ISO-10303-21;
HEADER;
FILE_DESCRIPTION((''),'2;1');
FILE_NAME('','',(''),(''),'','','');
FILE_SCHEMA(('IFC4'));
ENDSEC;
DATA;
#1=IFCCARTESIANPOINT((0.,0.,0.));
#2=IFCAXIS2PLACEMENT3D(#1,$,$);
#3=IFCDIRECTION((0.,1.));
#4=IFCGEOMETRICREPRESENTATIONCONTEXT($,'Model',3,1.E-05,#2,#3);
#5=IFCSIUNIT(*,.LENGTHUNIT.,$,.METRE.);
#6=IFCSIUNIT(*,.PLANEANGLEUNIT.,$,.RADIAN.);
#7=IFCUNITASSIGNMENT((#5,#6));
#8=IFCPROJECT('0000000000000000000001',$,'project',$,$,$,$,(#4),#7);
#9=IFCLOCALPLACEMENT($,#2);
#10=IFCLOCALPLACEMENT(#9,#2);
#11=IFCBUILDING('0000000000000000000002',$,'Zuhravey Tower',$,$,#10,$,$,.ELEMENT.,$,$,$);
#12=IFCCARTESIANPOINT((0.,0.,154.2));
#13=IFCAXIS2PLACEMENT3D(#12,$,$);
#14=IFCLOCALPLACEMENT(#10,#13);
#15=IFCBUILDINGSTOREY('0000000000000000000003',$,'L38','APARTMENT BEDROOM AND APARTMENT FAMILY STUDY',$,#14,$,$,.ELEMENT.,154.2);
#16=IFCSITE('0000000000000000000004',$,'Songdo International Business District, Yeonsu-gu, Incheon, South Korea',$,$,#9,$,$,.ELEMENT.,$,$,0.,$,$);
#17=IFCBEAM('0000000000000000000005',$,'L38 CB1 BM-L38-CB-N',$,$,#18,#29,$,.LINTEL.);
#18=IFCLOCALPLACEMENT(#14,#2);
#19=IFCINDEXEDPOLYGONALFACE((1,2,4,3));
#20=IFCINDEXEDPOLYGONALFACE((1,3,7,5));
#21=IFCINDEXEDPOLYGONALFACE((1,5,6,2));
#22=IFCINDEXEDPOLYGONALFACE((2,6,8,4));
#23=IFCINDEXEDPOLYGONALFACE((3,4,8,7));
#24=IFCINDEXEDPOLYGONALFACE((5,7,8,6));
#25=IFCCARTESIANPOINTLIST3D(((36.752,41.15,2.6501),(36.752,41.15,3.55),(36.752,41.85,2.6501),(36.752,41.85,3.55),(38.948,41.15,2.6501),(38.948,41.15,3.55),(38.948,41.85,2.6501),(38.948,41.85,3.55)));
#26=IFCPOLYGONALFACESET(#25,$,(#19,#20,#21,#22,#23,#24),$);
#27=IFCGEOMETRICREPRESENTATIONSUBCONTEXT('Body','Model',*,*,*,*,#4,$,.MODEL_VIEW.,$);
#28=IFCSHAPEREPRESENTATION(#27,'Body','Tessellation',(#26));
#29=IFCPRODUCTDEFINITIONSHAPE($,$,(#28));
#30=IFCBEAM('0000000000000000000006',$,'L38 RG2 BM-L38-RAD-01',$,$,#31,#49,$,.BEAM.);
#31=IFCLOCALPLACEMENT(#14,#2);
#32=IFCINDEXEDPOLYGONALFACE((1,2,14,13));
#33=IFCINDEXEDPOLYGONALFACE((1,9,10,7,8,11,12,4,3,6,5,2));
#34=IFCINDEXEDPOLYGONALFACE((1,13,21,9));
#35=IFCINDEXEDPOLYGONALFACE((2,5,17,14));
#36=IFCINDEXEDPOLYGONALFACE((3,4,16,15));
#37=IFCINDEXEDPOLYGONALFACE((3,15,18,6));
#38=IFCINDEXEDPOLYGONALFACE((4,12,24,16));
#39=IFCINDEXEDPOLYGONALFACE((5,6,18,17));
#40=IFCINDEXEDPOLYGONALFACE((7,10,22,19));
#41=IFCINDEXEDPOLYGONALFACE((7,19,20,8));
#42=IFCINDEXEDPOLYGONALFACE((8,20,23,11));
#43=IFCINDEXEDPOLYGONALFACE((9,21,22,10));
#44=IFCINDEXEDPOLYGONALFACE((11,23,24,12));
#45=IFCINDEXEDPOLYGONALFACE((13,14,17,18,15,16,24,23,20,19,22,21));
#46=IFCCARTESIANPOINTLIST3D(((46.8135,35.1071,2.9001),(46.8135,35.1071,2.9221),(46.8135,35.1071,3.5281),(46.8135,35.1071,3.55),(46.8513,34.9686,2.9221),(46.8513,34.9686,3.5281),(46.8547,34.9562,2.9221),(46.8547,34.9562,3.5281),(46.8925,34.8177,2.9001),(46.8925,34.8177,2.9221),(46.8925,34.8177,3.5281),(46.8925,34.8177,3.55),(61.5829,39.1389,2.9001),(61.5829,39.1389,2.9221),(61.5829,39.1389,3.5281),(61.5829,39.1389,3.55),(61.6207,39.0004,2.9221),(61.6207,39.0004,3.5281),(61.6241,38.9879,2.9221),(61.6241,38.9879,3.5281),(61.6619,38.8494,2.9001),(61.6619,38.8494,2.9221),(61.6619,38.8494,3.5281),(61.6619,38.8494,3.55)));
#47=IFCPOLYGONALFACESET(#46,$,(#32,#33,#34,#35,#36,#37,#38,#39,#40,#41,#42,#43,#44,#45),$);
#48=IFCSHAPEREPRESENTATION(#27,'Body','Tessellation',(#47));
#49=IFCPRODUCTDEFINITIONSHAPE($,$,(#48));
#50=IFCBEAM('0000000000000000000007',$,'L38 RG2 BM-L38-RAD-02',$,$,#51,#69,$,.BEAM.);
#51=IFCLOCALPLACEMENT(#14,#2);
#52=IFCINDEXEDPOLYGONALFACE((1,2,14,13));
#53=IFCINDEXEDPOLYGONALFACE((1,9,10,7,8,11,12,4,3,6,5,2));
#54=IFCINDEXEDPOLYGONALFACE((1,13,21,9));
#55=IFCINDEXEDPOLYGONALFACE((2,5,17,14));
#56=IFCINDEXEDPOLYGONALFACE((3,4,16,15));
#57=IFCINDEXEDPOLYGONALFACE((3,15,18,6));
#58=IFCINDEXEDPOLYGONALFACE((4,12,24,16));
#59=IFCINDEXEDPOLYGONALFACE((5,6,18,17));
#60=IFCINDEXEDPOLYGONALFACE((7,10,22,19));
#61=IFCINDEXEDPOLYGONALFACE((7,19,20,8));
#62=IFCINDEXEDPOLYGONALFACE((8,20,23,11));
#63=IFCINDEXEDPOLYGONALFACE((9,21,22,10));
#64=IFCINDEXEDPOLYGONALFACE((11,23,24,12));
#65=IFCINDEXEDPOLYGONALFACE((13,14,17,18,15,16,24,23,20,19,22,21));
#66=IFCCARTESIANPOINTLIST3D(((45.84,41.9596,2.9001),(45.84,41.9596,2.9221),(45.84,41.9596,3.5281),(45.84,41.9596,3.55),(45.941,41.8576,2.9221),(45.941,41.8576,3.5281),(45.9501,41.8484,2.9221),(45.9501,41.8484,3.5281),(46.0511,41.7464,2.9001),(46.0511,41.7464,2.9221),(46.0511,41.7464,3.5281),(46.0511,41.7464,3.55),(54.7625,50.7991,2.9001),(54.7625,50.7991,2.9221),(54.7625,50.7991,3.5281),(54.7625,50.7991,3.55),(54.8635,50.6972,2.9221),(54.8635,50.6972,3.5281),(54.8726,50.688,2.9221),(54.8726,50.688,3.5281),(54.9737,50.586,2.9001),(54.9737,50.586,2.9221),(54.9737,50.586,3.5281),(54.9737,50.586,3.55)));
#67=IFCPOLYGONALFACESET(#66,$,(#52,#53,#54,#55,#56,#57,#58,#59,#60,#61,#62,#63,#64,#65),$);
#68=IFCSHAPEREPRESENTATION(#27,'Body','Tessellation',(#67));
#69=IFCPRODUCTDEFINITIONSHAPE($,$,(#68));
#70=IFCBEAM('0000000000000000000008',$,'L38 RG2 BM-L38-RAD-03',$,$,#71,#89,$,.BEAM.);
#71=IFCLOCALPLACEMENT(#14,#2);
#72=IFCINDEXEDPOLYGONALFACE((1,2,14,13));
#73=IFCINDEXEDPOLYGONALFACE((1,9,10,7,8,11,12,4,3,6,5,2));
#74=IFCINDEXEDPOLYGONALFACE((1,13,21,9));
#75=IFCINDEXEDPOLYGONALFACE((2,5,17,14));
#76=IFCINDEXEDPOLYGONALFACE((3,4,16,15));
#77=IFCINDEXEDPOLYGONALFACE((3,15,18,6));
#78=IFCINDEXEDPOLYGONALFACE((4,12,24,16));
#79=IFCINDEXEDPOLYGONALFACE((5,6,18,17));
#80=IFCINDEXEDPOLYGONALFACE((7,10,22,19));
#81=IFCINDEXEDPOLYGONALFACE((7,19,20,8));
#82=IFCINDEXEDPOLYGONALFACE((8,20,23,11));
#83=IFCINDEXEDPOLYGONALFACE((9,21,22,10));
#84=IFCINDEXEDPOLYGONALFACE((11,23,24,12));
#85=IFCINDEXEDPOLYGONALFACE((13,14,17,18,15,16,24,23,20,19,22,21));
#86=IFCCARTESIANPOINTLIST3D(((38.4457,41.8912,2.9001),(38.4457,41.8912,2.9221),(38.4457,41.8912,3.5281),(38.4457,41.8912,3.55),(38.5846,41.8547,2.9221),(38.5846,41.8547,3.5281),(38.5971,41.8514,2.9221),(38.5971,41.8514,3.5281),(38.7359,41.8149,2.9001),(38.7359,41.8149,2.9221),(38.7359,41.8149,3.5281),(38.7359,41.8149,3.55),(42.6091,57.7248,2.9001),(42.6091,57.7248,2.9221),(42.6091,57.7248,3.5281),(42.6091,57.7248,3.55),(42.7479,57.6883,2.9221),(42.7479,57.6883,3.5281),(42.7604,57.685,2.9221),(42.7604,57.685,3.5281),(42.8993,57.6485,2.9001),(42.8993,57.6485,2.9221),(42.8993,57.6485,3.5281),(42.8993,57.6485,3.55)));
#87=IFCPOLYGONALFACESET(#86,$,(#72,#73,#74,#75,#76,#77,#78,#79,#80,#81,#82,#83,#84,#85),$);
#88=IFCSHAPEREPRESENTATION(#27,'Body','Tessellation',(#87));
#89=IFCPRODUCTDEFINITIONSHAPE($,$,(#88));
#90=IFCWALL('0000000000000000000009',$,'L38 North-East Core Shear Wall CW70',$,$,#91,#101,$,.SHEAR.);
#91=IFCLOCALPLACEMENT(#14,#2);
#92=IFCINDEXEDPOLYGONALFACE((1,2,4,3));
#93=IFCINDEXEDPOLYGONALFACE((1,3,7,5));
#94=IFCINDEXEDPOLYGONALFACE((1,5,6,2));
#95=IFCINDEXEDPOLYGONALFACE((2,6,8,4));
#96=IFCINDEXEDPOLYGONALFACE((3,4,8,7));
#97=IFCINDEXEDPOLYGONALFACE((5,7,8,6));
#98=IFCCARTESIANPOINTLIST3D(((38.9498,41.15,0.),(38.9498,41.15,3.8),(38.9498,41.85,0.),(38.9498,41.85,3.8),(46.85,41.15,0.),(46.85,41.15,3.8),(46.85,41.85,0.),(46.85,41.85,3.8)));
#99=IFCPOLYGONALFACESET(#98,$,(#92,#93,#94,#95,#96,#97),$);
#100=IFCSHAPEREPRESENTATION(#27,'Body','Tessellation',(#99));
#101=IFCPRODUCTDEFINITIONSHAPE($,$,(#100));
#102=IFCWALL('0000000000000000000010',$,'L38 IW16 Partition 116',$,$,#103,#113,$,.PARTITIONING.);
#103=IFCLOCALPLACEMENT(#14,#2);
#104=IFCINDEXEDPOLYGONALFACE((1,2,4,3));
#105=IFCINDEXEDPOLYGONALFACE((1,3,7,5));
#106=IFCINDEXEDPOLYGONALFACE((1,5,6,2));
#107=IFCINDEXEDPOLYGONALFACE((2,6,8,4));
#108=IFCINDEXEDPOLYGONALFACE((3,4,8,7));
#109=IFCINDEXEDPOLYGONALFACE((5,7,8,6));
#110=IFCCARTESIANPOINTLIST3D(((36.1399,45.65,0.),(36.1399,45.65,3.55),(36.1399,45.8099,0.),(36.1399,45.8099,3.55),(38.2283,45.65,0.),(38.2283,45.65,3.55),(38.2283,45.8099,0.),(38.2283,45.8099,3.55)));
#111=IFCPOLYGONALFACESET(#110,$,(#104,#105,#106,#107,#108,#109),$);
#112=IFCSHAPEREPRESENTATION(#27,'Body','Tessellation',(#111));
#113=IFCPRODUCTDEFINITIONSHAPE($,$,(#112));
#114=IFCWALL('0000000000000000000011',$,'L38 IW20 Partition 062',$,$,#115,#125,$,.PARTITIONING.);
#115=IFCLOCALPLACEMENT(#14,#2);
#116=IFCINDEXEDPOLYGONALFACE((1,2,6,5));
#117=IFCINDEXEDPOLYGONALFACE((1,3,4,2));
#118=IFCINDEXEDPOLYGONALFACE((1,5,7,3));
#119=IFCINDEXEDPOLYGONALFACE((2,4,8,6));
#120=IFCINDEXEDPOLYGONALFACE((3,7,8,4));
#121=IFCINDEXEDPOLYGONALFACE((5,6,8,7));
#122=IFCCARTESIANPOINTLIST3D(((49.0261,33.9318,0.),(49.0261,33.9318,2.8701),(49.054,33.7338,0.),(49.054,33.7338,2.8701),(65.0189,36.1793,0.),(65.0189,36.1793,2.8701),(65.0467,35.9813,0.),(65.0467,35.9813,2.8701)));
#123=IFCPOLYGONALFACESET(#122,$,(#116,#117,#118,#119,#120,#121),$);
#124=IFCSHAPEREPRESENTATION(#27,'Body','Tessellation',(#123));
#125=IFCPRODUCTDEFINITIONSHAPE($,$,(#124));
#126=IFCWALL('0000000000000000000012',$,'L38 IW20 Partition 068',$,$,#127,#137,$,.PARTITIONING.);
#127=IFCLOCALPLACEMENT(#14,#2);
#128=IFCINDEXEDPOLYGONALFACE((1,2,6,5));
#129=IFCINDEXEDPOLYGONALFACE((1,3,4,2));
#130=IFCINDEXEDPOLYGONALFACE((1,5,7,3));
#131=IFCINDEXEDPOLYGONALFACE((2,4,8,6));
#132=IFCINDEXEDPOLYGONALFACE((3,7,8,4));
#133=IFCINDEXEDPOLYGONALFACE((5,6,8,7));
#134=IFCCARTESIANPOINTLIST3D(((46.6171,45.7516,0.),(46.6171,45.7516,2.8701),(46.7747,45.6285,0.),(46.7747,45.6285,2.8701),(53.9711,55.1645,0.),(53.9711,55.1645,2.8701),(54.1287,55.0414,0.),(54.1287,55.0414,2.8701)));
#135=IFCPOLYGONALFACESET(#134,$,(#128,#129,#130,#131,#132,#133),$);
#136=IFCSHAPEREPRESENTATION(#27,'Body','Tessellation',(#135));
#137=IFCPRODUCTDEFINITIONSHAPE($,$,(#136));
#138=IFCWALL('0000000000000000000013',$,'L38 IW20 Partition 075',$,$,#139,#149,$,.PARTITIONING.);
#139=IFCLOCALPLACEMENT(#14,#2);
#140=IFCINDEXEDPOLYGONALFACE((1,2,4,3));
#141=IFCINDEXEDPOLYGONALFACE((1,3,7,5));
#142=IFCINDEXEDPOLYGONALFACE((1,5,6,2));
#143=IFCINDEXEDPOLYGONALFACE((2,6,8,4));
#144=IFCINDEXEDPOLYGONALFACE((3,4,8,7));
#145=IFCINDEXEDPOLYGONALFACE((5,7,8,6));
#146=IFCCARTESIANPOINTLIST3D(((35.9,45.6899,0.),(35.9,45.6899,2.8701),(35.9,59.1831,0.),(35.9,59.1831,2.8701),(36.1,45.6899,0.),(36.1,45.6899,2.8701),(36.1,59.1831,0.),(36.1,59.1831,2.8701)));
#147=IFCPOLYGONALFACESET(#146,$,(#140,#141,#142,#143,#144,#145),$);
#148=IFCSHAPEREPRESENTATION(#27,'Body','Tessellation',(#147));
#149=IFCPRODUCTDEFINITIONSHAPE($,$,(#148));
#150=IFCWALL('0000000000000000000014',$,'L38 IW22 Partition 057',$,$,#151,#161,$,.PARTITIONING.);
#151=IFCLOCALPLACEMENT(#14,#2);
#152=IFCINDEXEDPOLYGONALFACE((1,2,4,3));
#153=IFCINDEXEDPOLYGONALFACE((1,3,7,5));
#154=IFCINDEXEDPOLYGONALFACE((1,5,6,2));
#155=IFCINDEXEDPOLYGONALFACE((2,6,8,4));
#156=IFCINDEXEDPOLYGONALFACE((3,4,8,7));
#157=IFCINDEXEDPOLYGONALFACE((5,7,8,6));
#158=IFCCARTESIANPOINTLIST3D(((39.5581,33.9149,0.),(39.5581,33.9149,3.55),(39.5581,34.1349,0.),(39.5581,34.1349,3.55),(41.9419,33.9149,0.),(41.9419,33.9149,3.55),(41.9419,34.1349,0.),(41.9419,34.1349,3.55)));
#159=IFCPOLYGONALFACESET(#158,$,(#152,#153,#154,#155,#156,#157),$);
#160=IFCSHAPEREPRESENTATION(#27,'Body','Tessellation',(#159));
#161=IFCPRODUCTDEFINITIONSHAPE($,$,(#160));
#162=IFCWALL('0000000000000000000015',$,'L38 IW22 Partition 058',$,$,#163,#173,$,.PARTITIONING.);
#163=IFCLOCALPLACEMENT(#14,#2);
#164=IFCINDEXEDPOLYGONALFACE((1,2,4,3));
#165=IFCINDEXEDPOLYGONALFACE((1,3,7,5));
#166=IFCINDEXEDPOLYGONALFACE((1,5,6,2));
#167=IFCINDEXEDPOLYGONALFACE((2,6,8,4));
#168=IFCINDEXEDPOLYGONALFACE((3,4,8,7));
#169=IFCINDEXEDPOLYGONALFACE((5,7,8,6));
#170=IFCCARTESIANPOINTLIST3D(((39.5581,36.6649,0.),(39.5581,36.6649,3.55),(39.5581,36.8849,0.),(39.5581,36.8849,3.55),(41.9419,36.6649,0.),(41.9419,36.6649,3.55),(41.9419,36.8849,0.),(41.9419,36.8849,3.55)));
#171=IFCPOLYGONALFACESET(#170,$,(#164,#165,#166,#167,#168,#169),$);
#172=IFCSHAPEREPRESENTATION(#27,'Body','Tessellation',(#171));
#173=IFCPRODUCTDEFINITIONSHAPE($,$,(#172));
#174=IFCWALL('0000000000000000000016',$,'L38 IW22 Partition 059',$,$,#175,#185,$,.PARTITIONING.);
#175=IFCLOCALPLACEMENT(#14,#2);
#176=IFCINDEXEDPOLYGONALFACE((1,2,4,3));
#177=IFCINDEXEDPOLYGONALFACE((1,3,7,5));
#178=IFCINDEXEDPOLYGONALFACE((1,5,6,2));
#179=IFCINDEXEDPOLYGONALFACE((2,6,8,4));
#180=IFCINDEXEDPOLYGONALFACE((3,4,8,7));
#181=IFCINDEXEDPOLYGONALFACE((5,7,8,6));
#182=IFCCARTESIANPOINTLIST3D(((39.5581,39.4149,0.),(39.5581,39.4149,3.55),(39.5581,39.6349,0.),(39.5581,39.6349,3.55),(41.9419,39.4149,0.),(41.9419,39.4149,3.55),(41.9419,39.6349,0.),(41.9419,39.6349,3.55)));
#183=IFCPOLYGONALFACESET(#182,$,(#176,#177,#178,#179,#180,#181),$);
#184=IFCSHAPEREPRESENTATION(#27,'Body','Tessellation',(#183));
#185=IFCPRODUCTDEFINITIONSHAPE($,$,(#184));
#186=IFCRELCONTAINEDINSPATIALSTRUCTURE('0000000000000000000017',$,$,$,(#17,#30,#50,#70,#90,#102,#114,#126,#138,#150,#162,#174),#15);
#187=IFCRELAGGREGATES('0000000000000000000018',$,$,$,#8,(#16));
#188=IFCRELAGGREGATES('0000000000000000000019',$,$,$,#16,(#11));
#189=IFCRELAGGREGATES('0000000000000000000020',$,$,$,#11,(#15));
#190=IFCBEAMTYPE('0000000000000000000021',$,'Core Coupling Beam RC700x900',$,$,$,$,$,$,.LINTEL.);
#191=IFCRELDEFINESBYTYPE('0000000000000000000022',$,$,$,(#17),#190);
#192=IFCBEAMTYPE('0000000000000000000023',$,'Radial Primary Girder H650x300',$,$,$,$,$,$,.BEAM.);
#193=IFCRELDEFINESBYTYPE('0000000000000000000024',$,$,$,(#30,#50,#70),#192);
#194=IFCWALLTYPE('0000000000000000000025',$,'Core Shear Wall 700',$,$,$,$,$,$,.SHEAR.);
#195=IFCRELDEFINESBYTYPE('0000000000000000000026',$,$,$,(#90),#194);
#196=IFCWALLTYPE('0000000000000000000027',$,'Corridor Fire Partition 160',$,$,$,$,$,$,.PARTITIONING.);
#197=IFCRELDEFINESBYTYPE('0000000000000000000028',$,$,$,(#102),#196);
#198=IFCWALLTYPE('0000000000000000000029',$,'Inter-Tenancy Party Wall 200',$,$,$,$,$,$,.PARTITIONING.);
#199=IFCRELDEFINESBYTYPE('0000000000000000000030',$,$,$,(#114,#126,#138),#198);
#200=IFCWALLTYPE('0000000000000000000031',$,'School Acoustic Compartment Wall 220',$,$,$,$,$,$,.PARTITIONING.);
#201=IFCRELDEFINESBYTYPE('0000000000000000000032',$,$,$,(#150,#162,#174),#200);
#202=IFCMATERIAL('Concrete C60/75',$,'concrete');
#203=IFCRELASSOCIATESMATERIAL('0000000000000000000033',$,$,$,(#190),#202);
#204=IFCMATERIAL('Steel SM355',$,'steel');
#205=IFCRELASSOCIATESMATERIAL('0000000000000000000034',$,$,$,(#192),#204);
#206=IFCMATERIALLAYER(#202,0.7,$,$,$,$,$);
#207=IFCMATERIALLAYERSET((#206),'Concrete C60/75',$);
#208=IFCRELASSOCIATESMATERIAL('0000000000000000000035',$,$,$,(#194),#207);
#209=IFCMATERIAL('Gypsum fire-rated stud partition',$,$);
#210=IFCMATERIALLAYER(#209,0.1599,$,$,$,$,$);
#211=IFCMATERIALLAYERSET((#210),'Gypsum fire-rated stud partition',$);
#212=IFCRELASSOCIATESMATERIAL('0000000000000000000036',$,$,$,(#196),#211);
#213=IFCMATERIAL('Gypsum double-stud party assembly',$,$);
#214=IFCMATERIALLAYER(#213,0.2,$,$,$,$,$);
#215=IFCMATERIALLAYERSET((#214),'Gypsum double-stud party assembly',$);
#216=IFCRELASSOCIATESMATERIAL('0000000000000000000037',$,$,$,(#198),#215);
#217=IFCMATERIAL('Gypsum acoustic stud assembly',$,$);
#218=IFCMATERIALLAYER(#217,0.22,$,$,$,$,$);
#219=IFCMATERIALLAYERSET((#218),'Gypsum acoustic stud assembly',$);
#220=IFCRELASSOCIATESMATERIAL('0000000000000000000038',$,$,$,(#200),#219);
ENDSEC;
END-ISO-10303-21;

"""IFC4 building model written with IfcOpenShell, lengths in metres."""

from ifc_helpers import new_model, si_unit, direction, frame, frame_2d, origin, origin_2d, place, context, subcontext, project, spatial, rectangle, i_section, extrude, material, layer, layer_set, material_profile, profile_set, type_object, element, save


model = new_model("IFC4")

# Units and contexts
model_context = context("Model", 3, precision=1e-05, world=origin(), true_north=direction((0.0, 1.0)))
body_context = subcontext(model_context, "Body", "Model", "MODEL_VIEW")
ifc_project = project(units=[si_unit("LENGTHUNIT", "METRE"), si_unit("PLANEANGLEUNIT", "RADIAN")], contexts=[model_context])

# Site, building, storey
site_placement = place(None, origin())
site = spatial("IfcSite", under=ifc_project, at=site_placement, Name="Songdo International Business District, Yeonsu-gu, Incheon, South Korea", CompositionType="ELEMENT", RefElevation=0.0)
building_placement = place(site_placement, origin())
building = spatial("IfcBuilding", under=site, at=building_placement, Name="Zuhravey Tower", CompositionType="ELEMENT")
storey_placement = place(building_placement, frame((0.0, 0.0, 154.2)))
storey = spatial("IfcBuildingStorey", under=building, at=storey_placement, Name="L38", Description="APARTMENT BEDROOM AND APARTMENT FAMILY STUDY", CompositionType="ELEMENT", Elevation=154.2)

# Beams
ifc_material_1 = material(Name="Concrete C60/75", Category="concrete")
ifc_material_profile_1 = material_profile(ifc_material_1, rectangle(XDim=0.7, YDim=0.8999, at=origin_2d()), Name="RC-700x900")
ifc_profile_set_1 = profile_set([ifc_material_profile_1], Name="Concrete C60/75")
beam_type_1 = type_object("IfcBeamType", Name="Core Coupling Beam RC700x900", PredefinedType="LINTEL", material=ifc_profile_set_1)
beam_1_placement = place(storey_placement, frame((36.752, 41.5, 3.1001), z_axis=(1.0, 0.0, 0.0), x_axis=(0.0, 1.0, 0.0)))
element("IfcBeam", 1, at=beam_1_placement, inside=storey, type_object=beam_type_1, Name="L38 CB1 BM-L38-CB-N", PredefinedType="LINTEL", context=body_context, shape_type="SweptSolid", body=[
    extrude(rectangle(XDim=0.7, YDim=0.8999, at=origin_2d()), origin(), (0.0, 0.0, 1.0), 2.196),
])
ifc_material_2 = material(Name="Steel SM355", Category="steel")
ifc_material_profile_2 = material_profile(ifc_material_2, i_section(OverallWidth=0.3, OverallDepth=0.6499, WebThickness=0.0129, FlangeThickness=0.022, at=origin_2d()), Name="H-650x300x13x22")
ifc_profile_set_2 = profile_set([ifc_material_profile_2], Name="Steel SM355")
beam_type_2 = type_object("IfcBeamType", Name="Radial Primary Girder H650x300", PredefinedType="BEAM", material=ifc_profile_set_2)
beam_2_placement = place(storey_placement, frame((46.853, 34.9624, 3.2251), z_axis=(0.964702, 0.263345, 0.0), x_axis=(-0.263345, 0.964702, 0.0)))
element("IfcBeam", 2, at=beam_2_placement, inside=storey, type_object=beam_type_2, Name="L38 RG2 BM-L38-RAD-01", PredefinedType="BEAM", context=body_context, shape_type="SweptSolid", body=[
    extrude(i_section(OverallWidth=0.3, OverallDepth=0.6499, WebThickness=0.0129, FlangeThickness=0.022, at=origin_2d()), origin(), (0.0, 0.0, 1.0), 15.3098),
])
beam_3_placement = place(storey_placement, frame((45.9456, 41.853, 3.2251), z_axis=(0.710404, 0.703795, 0.0), x_axis=(-0.703795, 0.710404, 0.0)))
element("IfcBeam", 3, at=beam_3_placement, inside=storey, type_object=beam_type_2, Name="L38 RG2 BM-L38-RAD-02", PredefinedType="BEAM", context=body_context, shape_type="SweptSolid", body=[
    extrude(i_section(OverallWidth=0.3, OverallDepth=0.6499, WebThickness=0.0129, FlangeThickness=0.022, at=origin_2d()), origin(), (0.0, 0.0, 1.0), 12.5598),
])
beam_4_placement = place(storey_placement, frame((38.5908, 41.853, 3.2251), z_axis=(0.2543, 0.967125, 0.0), x_axis=(-0.967125, 0.2543, 0.0)))
element("IfcBeam", 4, at=beam_4_placement, inside=storey, type_object=beam_type_2, Name="L38 RG2 BM-L38-RAD-03", PredefinedType="BEAM", context=body_context, shape_type="SweptSolid", body=[
    extrude(i_section(OverallWidth=0.3, OverallDepth=0.6499, WebThickness=0.0129, FlangeThickness=0.022, at=origin_2d()), origin(), (0.0, 0.0, 1.0), 16.3718),
])

# Wall
ifc_layer_1 = layer(ifc_material_1, 0.7)
ifc_layer_set_1 = layer_set([ifc_layer_1], Name="Concrete C60/75")
wall_type_1 = type_object("IfcWallType", Name="Core Shear Wall 700", PredefinedType="SHEAR", material=ifc_layer_set_1)
wall_1_placement = place(storey_placement, frame((46.8501, 41.5, 0.0), z_axis=(0.0, 0.0, 1.0), x_axis=(-1.0, 0.0, 0.0)))
element("IfcWall", 5, at=wall_1_placement, inside=storey, type_object=wall_type_1, Name="L38 North-East Core Shear Wall CW70", PredefinedType="SHEAR", context=body_context, shape_type="SweptSolid", body=[
    extrude(rectangle(XDim=7.9001, YDim=0.7, at=frame_2d((3.9502, 0.0))), origin(), (0.0, 0.0, 1.0), 3.8),
])

# Shared definitions
ifc_material_3 = material(Name="Gypsum fire-rated stud partition")
ifc_layer_2 = layer(ifc_material_3, 0.1599)
ifc_layer_set_2 = layer_set([ifc_layer_2], Name="Gypsum fire-rated stud partition")
wall_type_2 = type_object("IfcWallType", Name="Corridor Fire Partition 160", PredefinedType="PARTITIONING", material=ifc_layer_set_2)

# Wall
wall_2_placement = place(storey_placement, frame((38.2283, 45.73, 0.0), z_axis=(0.0, 0.0, 1.0), x_axis=(-1.0, 0.0, 0.0)))
element("IfcWall", 6, at=wall_2_placement, inside=storey, type_object=wall_type_2, Name="L38 IW16 Partition 116", PredefinedType="PARTITIONING", context=body_context, shape_type="SweptSolid", body=[
    extrude(rectangle(XDim=2.0884, YDim=0.1599, at=frame_2d((1.0442, 0.0))), origin(), (0.0, 0.0, 1.0), 3.55),
])

# Walls
ifc_material_4 = material(Name="Gypsum double-stud party assembly")
ifc_layer_3 = layer(ifc_material_4, 0.2)
ifc_layer_set_3 = layer_set([ifc_layer_3], Name="Gypsum double-stud party assembly")
wall_type_3 = type_object("IfcWallType", Name="Inter-Tenancy Party Wall 200", PredefinedType="PARTITIONING", material=ifc_layer_set_3)
wall_3_placement = place(storey_placement, frame((49.04, 33.8328, 0.0), z_axis=(0.0, 0.0, 1.0), x_axis=(0.990269, 0.139169, 0.0)))
element("IfcWall", 7, at=wall_3_placement, inside=storey, type_object=wall_type_3, Name="L38 IW20 Partition 062", PredefinedType="PARTITIONING", context=body_context, shape_type="SweptSolid", body=[
    extrude(rectangle(XDim=16.1499, YDim=0.2, at=frame_2d((8.075, 0.0))), origin(), (0.0, 0.0, 1.0), 2.8701),
])
wall_4_placement = place(storey_placement, frame((46.6958, 45.6899, 0.0), z_axis=(0.0, 0.0, 1.0), x_axis=(0.615656, 0.788015, 0.0)))
element("IfcWall", 8, at=wall_4_placement, inside=storey, type_object=wall_type_3, Name="L38 IW20 Partition 068", PredefinedType="PARTITIONING", context=body_context, shape_type="SweptSolid", body=[
    extrude(rectangle(XDim=11.9451, YDim=0.2, at=frame_2d((5.9727, 0.0))), origin(), (0.0, 0.0, 1.0), 2.8701),
])
wall_5_placement = place(storey_placement, frame((36.0, 45.6899, 0.0), z_axis=(0.0, 0.0, 1.0), x_axis=(0.0, 1.0, 0.0)))
element("IfcWall", 9, at=wall_5_placement, inside=storey, type_object=wall_type_3, Name="L38 IW20 Partition 075", PredefinedType="PARTITIONING", context=body_context, shape_type="SweptSolid", body=[
    extrude(rectangle(XDim=13.4932, YDim=0.2, at=frame_2d((6.7466, 0.0))), origin(), (0.0, 0.0, 1.0), 2.8701),
])
ifc_material_5 = material(Name="Gypsum acoustic stud assembly")
ifc_layer_4 = layer(ifc_material_5, 0.22)
ifc_layer_set_4 = layer_set([ifc_layer_4], Name="Gypsum acoustic stud assembly")
wall_type_4 = type_object("IfcWallType", Name="School Acoustic Compartment Wall 220", PredefinedType="PARTITIONING", material=ifc_layer_set_4)
for number, where, z_axis, x_axis, name in (
    (10, (39.5581, 34.0249, 0.0), (0.0, 0.0, 1.0), (1.0, 0.0, 0.0), "L38 IW22 Partition 057"),
    (11, (39.5581, 36.7749, 0.0), (0.0, 0.0, 1.0), (1.0, 0.0, 0.0), "L38 IW22 Partition 058"),
    (12, (39.5581, 39.5249, 0.0), (0.0, 0.0, 1.0), (1.0, 0.0, 0.0), "L38 IW22 Partition 059"),
):
    element("IfcWall", number, at=place(storey_placement, frame(where, z_axis=z_axis, x_axis=x_axis)), inside=storey, type_object=wall_type_4, Name=name, PredefinedType="PARTITIONING", context=body_context, shape_type="SweptSolid", body=[
        extrude(rectangle(XDim=2.3838, YDim=0.22, at=frame_2d((1.1919, 0.0))), origin(), (0.0, 0.0, 1.0), 3.55),
    ])

save(model, "model.ifc")
